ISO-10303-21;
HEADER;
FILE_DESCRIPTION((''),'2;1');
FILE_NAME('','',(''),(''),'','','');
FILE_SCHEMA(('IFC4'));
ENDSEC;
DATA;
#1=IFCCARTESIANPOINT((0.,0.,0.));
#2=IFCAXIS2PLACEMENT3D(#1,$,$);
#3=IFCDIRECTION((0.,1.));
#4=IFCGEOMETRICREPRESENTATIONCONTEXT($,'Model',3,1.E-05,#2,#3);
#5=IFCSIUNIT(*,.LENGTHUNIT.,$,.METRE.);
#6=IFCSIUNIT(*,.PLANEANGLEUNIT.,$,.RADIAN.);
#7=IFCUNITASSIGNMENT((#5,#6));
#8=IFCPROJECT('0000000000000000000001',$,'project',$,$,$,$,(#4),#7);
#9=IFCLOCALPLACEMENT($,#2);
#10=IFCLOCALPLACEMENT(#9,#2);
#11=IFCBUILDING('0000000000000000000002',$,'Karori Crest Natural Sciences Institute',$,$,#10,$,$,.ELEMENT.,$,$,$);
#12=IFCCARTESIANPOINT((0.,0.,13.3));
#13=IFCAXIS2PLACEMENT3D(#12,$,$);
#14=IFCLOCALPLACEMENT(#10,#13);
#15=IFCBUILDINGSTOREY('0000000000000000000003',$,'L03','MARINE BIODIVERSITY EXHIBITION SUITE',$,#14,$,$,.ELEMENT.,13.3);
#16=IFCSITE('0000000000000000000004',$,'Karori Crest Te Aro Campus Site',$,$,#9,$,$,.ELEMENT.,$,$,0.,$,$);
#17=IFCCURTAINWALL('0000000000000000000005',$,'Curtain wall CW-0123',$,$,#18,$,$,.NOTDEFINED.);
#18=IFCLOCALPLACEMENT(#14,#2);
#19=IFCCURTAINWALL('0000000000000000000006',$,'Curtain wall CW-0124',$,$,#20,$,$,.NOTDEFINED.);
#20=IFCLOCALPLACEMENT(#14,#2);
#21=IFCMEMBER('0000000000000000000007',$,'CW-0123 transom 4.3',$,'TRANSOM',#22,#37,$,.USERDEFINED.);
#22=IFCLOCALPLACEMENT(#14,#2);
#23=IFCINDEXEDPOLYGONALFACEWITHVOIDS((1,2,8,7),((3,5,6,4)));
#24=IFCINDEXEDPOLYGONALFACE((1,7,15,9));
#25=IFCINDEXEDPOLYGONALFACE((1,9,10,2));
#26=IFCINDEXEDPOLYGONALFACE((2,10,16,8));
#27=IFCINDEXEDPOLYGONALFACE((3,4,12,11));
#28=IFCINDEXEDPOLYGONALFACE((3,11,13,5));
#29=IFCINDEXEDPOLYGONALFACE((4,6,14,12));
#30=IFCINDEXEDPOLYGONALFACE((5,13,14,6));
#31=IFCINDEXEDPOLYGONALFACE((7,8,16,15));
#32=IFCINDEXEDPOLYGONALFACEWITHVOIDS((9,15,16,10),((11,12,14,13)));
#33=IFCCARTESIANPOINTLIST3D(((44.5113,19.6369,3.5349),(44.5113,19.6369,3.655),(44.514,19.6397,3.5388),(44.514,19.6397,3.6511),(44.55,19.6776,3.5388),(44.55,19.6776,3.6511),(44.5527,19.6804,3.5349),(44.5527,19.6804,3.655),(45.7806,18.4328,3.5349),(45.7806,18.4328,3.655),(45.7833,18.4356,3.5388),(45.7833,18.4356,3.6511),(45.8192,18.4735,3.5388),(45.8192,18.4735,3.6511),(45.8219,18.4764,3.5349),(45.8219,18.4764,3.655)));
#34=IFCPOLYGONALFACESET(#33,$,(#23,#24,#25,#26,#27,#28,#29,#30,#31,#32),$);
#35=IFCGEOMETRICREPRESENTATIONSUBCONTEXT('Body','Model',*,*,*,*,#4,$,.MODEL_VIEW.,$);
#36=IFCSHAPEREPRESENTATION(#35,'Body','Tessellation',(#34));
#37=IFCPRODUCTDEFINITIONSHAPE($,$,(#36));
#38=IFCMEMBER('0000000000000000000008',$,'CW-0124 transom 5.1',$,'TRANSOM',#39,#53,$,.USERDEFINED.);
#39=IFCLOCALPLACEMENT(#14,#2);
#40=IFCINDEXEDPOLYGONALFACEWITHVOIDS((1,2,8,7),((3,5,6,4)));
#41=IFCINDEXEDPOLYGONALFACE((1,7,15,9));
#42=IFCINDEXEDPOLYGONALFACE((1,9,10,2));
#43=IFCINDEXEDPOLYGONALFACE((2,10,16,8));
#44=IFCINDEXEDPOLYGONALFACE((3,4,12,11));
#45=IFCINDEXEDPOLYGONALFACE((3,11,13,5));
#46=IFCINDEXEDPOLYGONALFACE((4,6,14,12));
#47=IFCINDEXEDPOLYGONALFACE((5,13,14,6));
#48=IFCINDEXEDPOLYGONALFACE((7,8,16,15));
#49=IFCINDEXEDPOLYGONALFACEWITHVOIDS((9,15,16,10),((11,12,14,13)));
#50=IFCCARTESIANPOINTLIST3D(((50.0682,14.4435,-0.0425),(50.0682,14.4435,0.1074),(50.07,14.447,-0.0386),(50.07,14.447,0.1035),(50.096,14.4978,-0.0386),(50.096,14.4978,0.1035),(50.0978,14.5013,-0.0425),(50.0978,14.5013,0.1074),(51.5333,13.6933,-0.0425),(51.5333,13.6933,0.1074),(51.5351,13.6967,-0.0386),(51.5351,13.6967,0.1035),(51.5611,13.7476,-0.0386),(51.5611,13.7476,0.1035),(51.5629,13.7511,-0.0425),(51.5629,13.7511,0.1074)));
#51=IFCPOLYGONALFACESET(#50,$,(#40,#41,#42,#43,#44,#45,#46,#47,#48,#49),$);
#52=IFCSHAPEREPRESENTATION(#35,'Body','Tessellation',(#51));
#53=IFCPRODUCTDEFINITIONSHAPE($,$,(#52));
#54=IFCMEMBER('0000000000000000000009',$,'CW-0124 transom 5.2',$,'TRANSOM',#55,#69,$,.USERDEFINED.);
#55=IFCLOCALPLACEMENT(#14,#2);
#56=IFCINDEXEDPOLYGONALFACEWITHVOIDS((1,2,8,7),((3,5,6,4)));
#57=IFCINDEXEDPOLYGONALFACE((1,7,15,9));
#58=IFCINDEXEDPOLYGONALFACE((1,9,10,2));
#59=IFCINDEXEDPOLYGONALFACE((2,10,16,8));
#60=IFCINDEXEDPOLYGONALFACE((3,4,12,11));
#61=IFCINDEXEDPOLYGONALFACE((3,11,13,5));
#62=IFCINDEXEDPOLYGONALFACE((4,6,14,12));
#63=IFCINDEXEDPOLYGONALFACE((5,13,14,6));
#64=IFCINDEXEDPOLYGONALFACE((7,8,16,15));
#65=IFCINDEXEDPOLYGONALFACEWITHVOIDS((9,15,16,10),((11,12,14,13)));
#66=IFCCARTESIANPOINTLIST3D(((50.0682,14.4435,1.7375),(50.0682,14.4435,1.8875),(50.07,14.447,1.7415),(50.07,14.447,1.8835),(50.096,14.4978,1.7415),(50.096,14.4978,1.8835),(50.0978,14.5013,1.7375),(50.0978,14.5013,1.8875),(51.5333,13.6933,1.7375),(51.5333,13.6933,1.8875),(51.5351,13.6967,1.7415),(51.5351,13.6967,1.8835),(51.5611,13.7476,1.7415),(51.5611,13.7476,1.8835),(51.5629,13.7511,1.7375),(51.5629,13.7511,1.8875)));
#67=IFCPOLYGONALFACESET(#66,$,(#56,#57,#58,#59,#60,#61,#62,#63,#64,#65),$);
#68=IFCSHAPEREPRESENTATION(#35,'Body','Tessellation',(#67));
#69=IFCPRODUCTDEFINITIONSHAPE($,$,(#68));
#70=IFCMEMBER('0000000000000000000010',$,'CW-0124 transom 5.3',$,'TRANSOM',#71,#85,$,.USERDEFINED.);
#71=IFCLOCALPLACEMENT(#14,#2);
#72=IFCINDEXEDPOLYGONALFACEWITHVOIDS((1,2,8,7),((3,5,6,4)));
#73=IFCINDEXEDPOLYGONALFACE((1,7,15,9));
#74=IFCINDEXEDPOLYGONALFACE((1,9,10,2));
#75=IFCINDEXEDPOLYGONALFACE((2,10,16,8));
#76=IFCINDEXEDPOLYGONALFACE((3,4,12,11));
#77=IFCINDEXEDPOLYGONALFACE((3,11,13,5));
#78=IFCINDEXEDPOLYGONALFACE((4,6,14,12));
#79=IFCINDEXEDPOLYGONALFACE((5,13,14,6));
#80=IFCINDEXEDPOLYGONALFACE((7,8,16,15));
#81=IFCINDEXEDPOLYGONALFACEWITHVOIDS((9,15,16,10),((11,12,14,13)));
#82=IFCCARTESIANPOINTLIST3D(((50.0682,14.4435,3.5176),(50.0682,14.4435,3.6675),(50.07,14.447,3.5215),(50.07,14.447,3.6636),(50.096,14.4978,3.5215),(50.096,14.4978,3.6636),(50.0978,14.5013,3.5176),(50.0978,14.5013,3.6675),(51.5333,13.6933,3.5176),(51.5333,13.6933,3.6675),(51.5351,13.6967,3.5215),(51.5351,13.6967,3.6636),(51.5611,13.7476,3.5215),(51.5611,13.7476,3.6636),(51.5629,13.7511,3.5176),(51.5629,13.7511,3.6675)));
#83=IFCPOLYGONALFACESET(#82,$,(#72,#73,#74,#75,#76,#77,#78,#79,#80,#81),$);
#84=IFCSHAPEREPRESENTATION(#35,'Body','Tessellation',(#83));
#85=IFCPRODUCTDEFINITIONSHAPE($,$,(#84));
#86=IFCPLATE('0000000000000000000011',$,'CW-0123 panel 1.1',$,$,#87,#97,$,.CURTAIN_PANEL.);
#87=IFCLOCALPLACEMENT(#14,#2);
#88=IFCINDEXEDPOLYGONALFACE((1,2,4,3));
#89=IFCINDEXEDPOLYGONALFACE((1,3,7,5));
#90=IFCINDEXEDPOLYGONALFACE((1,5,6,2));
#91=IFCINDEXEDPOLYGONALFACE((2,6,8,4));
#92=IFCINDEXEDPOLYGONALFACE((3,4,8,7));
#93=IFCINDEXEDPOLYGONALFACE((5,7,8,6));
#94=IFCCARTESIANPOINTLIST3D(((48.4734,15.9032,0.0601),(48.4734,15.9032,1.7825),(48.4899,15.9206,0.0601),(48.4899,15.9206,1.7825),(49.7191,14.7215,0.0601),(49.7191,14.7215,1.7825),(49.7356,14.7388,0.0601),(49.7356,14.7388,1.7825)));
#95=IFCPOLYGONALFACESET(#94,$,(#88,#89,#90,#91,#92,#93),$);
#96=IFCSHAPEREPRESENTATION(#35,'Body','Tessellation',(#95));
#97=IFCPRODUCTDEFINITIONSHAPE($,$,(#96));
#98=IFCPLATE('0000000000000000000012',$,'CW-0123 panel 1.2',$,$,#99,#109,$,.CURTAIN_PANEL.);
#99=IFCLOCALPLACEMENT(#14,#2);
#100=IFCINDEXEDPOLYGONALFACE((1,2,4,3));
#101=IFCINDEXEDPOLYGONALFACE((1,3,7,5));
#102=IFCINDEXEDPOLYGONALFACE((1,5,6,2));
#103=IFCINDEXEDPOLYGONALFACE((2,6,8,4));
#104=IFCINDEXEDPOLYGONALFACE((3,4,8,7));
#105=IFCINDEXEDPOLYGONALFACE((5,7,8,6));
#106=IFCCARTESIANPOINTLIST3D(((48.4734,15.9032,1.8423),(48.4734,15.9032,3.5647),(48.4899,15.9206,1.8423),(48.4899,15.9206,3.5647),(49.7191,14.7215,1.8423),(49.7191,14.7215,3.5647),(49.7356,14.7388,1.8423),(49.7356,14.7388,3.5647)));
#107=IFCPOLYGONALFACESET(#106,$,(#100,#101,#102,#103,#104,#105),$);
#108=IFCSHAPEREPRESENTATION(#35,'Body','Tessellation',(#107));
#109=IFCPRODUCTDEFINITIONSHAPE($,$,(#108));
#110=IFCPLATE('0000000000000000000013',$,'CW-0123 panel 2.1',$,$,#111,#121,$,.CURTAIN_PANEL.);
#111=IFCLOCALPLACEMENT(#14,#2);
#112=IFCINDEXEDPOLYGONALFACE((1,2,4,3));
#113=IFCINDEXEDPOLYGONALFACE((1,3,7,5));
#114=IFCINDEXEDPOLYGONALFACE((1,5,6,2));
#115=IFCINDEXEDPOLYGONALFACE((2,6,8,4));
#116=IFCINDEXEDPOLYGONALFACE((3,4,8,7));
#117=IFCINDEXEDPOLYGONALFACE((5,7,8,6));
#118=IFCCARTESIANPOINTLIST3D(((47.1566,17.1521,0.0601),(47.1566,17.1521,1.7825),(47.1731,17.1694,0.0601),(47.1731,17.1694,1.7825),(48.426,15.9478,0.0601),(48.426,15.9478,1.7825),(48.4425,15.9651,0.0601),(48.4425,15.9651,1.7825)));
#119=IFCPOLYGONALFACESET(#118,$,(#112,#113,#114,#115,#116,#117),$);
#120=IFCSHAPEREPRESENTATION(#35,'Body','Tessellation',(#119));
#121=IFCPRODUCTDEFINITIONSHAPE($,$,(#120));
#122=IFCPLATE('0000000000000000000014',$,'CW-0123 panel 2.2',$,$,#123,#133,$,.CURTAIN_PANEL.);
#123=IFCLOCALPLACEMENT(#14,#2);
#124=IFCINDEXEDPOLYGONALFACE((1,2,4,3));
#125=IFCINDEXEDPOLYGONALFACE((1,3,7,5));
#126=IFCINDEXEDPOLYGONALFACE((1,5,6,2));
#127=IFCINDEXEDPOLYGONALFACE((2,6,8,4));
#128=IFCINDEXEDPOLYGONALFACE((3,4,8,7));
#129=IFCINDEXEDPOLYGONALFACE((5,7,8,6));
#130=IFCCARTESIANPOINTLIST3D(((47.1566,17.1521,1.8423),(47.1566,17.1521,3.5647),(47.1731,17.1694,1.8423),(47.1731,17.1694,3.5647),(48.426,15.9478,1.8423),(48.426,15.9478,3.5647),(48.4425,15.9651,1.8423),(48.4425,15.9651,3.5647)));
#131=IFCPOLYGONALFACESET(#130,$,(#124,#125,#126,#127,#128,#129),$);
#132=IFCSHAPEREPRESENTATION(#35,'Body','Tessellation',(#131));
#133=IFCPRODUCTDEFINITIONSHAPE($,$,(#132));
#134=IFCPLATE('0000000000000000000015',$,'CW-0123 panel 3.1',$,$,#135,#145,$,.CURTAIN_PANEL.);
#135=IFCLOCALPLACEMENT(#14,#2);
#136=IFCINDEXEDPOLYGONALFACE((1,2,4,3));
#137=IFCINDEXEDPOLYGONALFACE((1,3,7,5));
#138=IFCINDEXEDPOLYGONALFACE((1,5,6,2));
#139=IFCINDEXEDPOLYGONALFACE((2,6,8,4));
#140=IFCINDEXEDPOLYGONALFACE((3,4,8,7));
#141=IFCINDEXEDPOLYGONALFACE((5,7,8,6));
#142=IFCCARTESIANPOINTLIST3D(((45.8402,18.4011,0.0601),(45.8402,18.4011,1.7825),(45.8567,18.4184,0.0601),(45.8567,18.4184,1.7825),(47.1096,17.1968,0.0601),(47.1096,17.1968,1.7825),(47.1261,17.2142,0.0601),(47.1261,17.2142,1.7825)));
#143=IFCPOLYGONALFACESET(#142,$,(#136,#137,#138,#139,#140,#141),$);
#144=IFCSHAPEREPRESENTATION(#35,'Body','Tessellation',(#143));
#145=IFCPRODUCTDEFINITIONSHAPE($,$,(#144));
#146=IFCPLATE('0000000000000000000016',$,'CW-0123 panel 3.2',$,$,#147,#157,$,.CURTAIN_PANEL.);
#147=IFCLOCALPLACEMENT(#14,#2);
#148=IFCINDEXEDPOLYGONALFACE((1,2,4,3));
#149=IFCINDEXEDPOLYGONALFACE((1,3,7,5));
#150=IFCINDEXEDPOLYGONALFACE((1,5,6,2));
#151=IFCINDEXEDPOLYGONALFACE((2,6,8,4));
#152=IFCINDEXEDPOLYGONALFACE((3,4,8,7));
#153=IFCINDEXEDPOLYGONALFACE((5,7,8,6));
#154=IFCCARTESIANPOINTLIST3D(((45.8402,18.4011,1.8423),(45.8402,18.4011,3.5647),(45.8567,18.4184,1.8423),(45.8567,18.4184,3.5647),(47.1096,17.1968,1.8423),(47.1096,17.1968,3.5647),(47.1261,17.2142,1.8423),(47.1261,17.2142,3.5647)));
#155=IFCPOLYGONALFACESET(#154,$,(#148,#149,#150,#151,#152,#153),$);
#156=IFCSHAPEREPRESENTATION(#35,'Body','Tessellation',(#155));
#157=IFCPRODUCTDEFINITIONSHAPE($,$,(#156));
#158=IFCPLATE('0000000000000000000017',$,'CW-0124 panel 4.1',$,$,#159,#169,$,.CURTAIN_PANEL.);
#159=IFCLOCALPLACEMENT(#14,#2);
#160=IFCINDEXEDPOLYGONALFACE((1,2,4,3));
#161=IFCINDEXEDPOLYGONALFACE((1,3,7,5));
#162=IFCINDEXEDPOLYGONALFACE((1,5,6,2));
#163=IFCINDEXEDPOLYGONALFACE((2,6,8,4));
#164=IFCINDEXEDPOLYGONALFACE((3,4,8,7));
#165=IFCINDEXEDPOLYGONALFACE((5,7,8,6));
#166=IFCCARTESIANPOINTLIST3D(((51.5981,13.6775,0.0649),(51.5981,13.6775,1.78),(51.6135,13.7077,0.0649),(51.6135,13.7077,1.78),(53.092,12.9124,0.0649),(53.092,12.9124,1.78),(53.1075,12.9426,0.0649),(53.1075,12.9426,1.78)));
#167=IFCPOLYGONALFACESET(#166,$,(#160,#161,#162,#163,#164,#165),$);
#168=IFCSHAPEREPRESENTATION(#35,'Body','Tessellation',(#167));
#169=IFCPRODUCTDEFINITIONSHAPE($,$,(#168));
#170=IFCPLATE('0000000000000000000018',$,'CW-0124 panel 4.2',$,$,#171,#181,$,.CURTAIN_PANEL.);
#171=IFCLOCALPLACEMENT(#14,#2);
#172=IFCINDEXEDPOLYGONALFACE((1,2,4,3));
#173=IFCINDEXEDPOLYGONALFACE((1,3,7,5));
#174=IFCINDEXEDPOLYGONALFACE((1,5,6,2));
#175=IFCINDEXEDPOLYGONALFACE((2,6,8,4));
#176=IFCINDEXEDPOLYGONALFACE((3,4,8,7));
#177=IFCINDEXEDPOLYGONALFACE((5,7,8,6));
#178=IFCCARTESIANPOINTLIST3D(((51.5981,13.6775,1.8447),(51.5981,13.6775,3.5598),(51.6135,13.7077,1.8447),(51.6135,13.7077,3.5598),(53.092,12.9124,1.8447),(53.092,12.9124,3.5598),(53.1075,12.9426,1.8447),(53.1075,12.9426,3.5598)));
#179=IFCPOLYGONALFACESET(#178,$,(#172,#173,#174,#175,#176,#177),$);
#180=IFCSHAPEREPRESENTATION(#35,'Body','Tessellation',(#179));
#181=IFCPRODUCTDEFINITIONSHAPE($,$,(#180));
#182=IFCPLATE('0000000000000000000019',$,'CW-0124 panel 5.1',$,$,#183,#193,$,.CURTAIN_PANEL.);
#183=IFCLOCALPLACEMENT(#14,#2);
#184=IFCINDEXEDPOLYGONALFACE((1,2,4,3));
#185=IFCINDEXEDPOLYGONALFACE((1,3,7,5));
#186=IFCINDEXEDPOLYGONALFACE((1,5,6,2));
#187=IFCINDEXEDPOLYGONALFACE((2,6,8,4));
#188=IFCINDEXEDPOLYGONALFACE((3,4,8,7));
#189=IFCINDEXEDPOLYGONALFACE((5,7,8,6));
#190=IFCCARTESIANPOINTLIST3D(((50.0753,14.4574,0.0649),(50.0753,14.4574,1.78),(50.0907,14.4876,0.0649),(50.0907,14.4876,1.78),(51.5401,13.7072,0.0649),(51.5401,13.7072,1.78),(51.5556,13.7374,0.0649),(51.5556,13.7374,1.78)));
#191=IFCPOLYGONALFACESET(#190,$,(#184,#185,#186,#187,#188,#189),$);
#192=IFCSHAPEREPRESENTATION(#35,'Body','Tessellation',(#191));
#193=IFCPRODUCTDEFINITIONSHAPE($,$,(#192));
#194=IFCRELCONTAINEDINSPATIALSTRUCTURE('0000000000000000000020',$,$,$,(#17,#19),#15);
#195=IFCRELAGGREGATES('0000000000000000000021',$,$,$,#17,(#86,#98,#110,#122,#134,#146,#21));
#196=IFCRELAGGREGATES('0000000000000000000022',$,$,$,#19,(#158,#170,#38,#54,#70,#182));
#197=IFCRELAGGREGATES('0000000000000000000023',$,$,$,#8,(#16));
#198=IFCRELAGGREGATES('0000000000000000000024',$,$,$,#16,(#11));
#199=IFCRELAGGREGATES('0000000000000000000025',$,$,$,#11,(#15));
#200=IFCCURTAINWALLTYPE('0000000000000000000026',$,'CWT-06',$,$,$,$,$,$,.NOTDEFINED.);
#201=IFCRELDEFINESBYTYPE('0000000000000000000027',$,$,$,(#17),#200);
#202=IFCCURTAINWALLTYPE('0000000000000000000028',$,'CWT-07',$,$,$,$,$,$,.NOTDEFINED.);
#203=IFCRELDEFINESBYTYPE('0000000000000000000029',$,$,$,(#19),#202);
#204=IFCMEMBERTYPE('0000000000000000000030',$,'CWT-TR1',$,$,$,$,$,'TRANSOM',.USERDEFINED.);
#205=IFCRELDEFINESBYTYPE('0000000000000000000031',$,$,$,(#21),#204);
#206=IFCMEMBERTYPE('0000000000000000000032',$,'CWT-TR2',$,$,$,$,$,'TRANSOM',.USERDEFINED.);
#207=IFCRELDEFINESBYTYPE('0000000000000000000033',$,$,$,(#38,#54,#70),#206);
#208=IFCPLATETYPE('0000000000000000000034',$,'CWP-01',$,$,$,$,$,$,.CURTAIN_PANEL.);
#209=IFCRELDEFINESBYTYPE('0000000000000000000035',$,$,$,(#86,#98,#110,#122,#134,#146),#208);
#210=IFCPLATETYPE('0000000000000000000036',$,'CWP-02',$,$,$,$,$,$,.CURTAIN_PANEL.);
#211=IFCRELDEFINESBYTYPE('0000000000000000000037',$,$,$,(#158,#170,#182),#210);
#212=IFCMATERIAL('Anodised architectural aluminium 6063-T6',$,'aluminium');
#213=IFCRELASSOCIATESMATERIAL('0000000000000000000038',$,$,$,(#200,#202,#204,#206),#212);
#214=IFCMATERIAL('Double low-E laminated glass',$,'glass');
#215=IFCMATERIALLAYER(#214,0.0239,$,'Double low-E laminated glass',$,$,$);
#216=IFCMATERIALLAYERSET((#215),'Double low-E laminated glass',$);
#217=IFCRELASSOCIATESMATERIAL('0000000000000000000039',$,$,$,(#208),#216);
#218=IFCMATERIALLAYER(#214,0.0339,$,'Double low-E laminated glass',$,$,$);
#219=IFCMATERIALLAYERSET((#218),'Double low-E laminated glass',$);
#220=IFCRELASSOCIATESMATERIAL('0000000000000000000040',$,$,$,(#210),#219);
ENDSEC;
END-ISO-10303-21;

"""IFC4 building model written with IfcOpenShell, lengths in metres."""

from ifc_helpers import new_model, si_unit, direction, frame, origin, origin_2d, place, context, subcontext, project, spatial, rectangle, hollow_rectangle, extrude, material, layer, layer_set, material_profile, profile_set, type_object, element, aggregate, save


model = new_model("IFC4")

# Units and contexts
model_context = context("Model", 3, precision=1e-05, world=origin(), true_north=direction((0.0, 1.0)))
body_context = subcontext(model_context, "Body", "Model", "MODEL_VIEW")
ifc_project = project(units=[si_unit("LENGTHUNIT", "METRE"), si_unit("PLANEANGLEUNIT", "RADIAN")], contexts=[model_context])

# Site, building, storey
site_placement = place(None, origin())
site = spatial("IfcSite", under=ifc_project, at=site_placement, Name="Karori Crest Te Aro Campus Site", CompositionType="ELEMENT", RefElevation=0.0)
building_placement = place(site_placement, origin())
building = spatial("IfcBuilding", under=site, at=building_placement, Name="Karori Crest Natural Sciences Institute", CompositionType="ELEMENT")
storey_placement = place(building_placement, frame((0.0, 0.0, 13.3)))
storey = spatial("IfcBuildingStorey", under=building, at=storey_placement, Name="L03", Description="MARINE BIODIVERSITY EXHIBITION SUITE", CompositionType="ELEMENT", Elevation=13.3)

# Curtain walls
ifc_material_1 = material(Name="Anodised architectural aluminium 6063-T6", Category="aluminium")
curtain_wall_type_1 = type_object("IfcCurtainWallType", Name="CWT-06", PredefinedType="NOTDEFINED", material=ifc_material_1)
curtain_wall_1_placement = place(storey_placement, origin())
curtain_wall_1 = element("IfcCurtainWall", 1, at=curtain_wall_1_placement, inside=storey, type_object=curtain_wall_type_1, Name="Curtain wall CW-0123", PredefinedType="NOTDEFINED")
curtain_wall_type_2 = type_object("IfcCurtainWallType", Name="CWT-07", PredefinedType="NOTDEFINED", material=ifc_material_1)
curtain_wall_2_placement = place(storey_placement, origin())
curtain_wall_2 = element("IfcCurtainWall", 2, at=curtain_wall_2_placement, inside=storey, type_object=curtain_wall_type_2, Name="Curtain wall CW-0124", PredefinedType="NOTDEFINED")

# Members
ifc_material_profile_1 = material_profile(ifc_material_1, hollow_rectangle(XDim=0.0601, YDim=0.1201, WallThickness=0.0039, at=origin_2d()), Name="CWT120x60x4")
ifc_profile_set_1 = profile_set([ifc_material_profile_1], Name="Anodised architectural aluminium 6063-T6")
member_type_1 = type_object("IfcMemberType", Name="CWT-TR1", ElementType="TRANSOM", PredefinedType="USERDEFINED", material=ifc_profile_set_1)
member_1_placement = place(storey_placement, frame((45.8013, 18.4546, 3.595), z_axis=(-0.72549, 0.688232, 0.0), x_axis=(-0.688232, -0.72549, 0.0)))
member_1 = element("IfcMember", 3, at=member_1_placement, type_object=member_type_1, Name="CW-0123 transom 4.3", ObjectType="TRANSOM", PredefinedType="USERDEFINED", context=body_context, shape_type="SweptSolid", body=[
    extrude(hollow_rectangle(XDim=0.0601, YDim=0.1201, WallThickness=0.0039, at=origin_2d()), origin(), (0.0, 0.0, 1.0), 1.7495),
])
ifc_material_profile_2 = material_profile(ifc_material_1, hollow_rectangle(XDim=0.0649, YDim=0.1499, WallThickness=0.0039, at=origin_2d()), Name="CWT150x65x4")
ifc_profile_set_2 = profile_set([ifc_material_profile_2], Name="Anodised architectural aluminium 6063-T6")
member_type_2 = type_object("IfcMemberType", Name="CWT-TR2", ElementType="TRANSOM", PredefinedType="USERDEFINED", material=ifc_profile_set_2)
member_2_placement = place(storey_placement, frame((51.5481, 13.7222, 0.0325), z_axis=(-0.890084, 0.455796, 0.0), x_axis=(-0.455796, -0.890084, 0.0)))
member_2 = element("IfcMember", 4, at=member_2_placement, type_object=member_type_2, Name="CW-0124 transom 5.1", ObjectType="TRANSOM", PredefinedType="USERDEFINED", context=body_context, shape_type="SweptSolid", body=[
    extrude(hollow_rectangle(XDim=0.0649, YDim=0.1499, WallThickness=0.0039, at=origin_2d()), origin(), (0.0, 0.0, 1.0), 1.646),
])
member_3_placement = place(storey_placement, frame((51.5481, 13.7222, 1.8125), z_axis=(-0.890084, 0.455796, 0.0), x_axis=(-0.455796, -0.890084, 0.0)))
member_3 = element("IfcMember", 5, at=member_3_placement, type_object=member_type_2, Name="CW-0124 transom 5.2", ObjectType="TRANSOM", PredefinedType="USERDEFINED", context=body_context, shape_type="SweptSolid", body=[
    extrude(hollow_rectangle(XDim=0.0649, YDim=0.1499, WallThickness=0.0039, at=origin_2d()), origin(), (0.0, 0.0, 1.0), 1.646),
])
member_4_placement = place(storey_placement, frame((51.5481, 13.7222, 3.5925), z_axis=(-0.890084, 0.455796, 0.0), x_axis=(-0.455796, -0.890084, 0.0)))
member_4 = element("IfcMember", 6, at=member_4_placement, type_object=member_type_2, Name="CW-0124 transom 5.3", ObjectType="TRANSOM", PredefinedType="USERDEFINED", context=body_context, shape_type="SweptSolid", body=[
    extrude(hollow_rectangle(XDim=0.0649, YDim=0.1499, WallThickness=0.0039, at=origin_2d()), origin(), (0.0, 0.0, 1.0), 1.646),
])

# Plates
ifc_material_2 = material(Name="Double low-E laminated glass", Category="glass")
ifc_layer_1 = layer(ifc_material_2, 0.0239, Name="Double low-E laminated glass")
ifc_layer_set_1 = layer_set([ifc_layer_1], Name="Double low-E laminated glass")
plate_type_1 = type_object("IfcPlateType", Name="CWP-01", PredefinedType="CURTAIN_PANEL", material=ifc_layer_set_1)
plate_1_placement = place(storey_placement, frame((49.1045, 15.321, 0.0601), z_axis=(0.0, 0.0, 1.0), x_axis=(-0.725471, 0.688252, 0.0)))
plate_1 = element("IfcPlate", 7, at=plate_1_placement, type_object=plate_type_1, Name="CW-0123 panel 1.1", PredefinedType="CURTAIN_PANEL", context=body_context, shape_type="SweptSolid", body=[
    extrude(rectangle(XDim=1.717, YDim=0.0239, at=origin_2d()), origin(), (0.0, 0.0, 1.0), 1.7224),
])
plate_2_placement = place(storey_placement, frame((49.1045, 15.321, 1.8423), z_axis=(0.0, 0.0, 1.0), x_axis=(-0.725471, 0.688252, 0.0)))
plate_2 = element("IfcPlate", 8, at=plate_2_placement, type_object=plate_type_1, Name="CW-0123 panel 1.2", PredefinedType="CURTAIN_PANEL", context=body_context, shape_type="SweptSolid", body=[
    extrude(rectangle(XDim=1.717, YDim=0.0239, at=origin_2d()), origin(), (0.0, 0.0, 1.0), 1.7224),
])
plate_3_placement = place(storey_placement, frame((47.7996, 16.5586, 0.0601), z_axis=(0.0, 0.0, 1.0), x_axis=(-0.725471, 0.688252, 0.0)))
plate_3 = element("IfcPlate", 9, at=plate_3_placement, type_object=plate_type_1, Name="CW-0123 panel 2.1", PredefinedType="CURTAIN_PANEL", context=body_context, shape_type="SweptSolid", body=[
    extrude(rectangle(XDim=1.7498, YDim=0.0239, at=origin_2d()), origin(), (0.0, 0.0, 1.0), 1.7224),
])
plate_4_placement = place(storey_placement, frame((47.7996, 16.5586, 1.8423), z_axis=(0.0, 0.0, 1.0), x_axis=(-0.725471, 0.688252, 0.0)))
plate_4 = element("IfcPlate", 10, at=plate_4_placement, type_object=plate_type_1, Name="CW-0123 panel 2.2", PredefinedType="CURTAIN_PANEL", context=body_context, shape_type="SweptSolid", body=[
    extrude(rectangle(XDim=1.7498, YDim=0.0239, at=origin_2d()), origin(), (0.0, 0.0, 1.0), 1.7224),
])
plate_5_placement = place(storey_placement, frame((46.4832, 17.8076, 0.0601), z_axis=(0.0, 0.0, 1.0), x_axis=(-0.725471, 0.688252, 0.0)))
plate_5 = element("IfcPlate", 11, at=plate_5_placement, type_object=plate_type_1, Name="CW-0123 panel 3.1", PredefinedType="CURTAIN_PANEL", context=body_context, shape_type="SweptSolid", body=[
    extrude(rectangle(XDim=1.7498, YDim=0.0239, at=origin_2d()), origin(), (0.0, 0.0, 1.0), 1.7224),
])
plate_6_placement = place(storey_placement, frame((46.4832, 17.8076, 1.8423), z_axis=(0.0, 0.0, 1.0), x_axis=(-0.725471, 0.688252, 0.0)))
plate_6 = element("IfcPlate", 12, at=plate_6_placement, type_object=plate_type_1, Name="CW-0123 panel 3.2", PredefinedType="CURTAIN_PANEL", context=body_context, shape_type="SweptSolid", body=[
    extrude(rectangle(XDim=1.7498, YDim=0.0239, at=origin_2d()), origin(), (0.0, 0.0, 1.0), 1.7224),
])
aggregate(curtain_wall_1, [plate_1, plate_2, plate_3, plate_4, plate_5, plate_6, member_1])
ifc_layer_2 = layer(ifc_material_2, 0.0339, Name="Double low-E laminated glass")
ifc_layer_set_2 = layer_set([ifc_layer_2], Name="Double low-E laminated glass")
plate_type_2 = type_object("IfcPlateType", Name="CWP-02", PredefinedType="CURTAIN_PANEL", material=ifc_layer_set_2)
plate_7_placement = place(storey_placement, frame((52.3528, 13.3101, 0.0649), z_axis=(0.0, 0.0, 1.0), x_axis=(-0.890067, 0.455829, 0.0)))
plate_7 = element("IfcPlate", 13, at=plate_7_placement, type_object=plate_type_2, Name="CW-0124 panel 4.1", PredefinedType="CURTAIN_PANEL", context=body_context, shape_type="SweptSolid", body=[
    extrude(rectangle(XDim=1.6785, YDim=0.0339, at=origin_2d()), origin(), (0.0, 0.0, 1.0), 1.7151),
])
plate_8_placement = place(storey_placement, frame((52.3528, 13.3101, 1.8447), z_axis=(0.0, 0.0, 1.0), x_axis=(-0.890067, 0.455829, 0.0)))
plate_8 = element("IfcPlate", 14, at=plate_8_placement, type_object=plate_type_2, Name="CW-0124 panel 4.2", PredefinedType="CURTAIN_PANEL", context=body_context, shape_type="SweptSolid", body=[
    extrude(rectangle(XDim=1.6785, YDim=0.0339, at=origin_2d()), origin(), (0.0, 0.0, 1.0), 1.7151),
])
plate_9_placement = place(storey_placement, frame((50.8154, 14.0974, 0.0649), z_axis=(0.0, 0.0, 1.0), x_axis=(-0.890067, 0.455829, 0.0)))
plate_9 = element("IfcPlate", 15, at=plate_9_placement, type_object=plate_type_2, Name="CW-0124 panel 5.1", PredefinedType="CURTAIN_PANEL", context=body_context, shape_type="SweptSolid", body=[
    extrude(rectangle(XDim=1.6458, YDim=0.0339, at=origin_2d()), origin(), (0.0, 0.0, 1.0), 1.7151),
])
aggregate(curtain_wall_2, [plate_7, plate_8, member_2, member_3, member_4, plate_9])

save(model, "model.ifc")
